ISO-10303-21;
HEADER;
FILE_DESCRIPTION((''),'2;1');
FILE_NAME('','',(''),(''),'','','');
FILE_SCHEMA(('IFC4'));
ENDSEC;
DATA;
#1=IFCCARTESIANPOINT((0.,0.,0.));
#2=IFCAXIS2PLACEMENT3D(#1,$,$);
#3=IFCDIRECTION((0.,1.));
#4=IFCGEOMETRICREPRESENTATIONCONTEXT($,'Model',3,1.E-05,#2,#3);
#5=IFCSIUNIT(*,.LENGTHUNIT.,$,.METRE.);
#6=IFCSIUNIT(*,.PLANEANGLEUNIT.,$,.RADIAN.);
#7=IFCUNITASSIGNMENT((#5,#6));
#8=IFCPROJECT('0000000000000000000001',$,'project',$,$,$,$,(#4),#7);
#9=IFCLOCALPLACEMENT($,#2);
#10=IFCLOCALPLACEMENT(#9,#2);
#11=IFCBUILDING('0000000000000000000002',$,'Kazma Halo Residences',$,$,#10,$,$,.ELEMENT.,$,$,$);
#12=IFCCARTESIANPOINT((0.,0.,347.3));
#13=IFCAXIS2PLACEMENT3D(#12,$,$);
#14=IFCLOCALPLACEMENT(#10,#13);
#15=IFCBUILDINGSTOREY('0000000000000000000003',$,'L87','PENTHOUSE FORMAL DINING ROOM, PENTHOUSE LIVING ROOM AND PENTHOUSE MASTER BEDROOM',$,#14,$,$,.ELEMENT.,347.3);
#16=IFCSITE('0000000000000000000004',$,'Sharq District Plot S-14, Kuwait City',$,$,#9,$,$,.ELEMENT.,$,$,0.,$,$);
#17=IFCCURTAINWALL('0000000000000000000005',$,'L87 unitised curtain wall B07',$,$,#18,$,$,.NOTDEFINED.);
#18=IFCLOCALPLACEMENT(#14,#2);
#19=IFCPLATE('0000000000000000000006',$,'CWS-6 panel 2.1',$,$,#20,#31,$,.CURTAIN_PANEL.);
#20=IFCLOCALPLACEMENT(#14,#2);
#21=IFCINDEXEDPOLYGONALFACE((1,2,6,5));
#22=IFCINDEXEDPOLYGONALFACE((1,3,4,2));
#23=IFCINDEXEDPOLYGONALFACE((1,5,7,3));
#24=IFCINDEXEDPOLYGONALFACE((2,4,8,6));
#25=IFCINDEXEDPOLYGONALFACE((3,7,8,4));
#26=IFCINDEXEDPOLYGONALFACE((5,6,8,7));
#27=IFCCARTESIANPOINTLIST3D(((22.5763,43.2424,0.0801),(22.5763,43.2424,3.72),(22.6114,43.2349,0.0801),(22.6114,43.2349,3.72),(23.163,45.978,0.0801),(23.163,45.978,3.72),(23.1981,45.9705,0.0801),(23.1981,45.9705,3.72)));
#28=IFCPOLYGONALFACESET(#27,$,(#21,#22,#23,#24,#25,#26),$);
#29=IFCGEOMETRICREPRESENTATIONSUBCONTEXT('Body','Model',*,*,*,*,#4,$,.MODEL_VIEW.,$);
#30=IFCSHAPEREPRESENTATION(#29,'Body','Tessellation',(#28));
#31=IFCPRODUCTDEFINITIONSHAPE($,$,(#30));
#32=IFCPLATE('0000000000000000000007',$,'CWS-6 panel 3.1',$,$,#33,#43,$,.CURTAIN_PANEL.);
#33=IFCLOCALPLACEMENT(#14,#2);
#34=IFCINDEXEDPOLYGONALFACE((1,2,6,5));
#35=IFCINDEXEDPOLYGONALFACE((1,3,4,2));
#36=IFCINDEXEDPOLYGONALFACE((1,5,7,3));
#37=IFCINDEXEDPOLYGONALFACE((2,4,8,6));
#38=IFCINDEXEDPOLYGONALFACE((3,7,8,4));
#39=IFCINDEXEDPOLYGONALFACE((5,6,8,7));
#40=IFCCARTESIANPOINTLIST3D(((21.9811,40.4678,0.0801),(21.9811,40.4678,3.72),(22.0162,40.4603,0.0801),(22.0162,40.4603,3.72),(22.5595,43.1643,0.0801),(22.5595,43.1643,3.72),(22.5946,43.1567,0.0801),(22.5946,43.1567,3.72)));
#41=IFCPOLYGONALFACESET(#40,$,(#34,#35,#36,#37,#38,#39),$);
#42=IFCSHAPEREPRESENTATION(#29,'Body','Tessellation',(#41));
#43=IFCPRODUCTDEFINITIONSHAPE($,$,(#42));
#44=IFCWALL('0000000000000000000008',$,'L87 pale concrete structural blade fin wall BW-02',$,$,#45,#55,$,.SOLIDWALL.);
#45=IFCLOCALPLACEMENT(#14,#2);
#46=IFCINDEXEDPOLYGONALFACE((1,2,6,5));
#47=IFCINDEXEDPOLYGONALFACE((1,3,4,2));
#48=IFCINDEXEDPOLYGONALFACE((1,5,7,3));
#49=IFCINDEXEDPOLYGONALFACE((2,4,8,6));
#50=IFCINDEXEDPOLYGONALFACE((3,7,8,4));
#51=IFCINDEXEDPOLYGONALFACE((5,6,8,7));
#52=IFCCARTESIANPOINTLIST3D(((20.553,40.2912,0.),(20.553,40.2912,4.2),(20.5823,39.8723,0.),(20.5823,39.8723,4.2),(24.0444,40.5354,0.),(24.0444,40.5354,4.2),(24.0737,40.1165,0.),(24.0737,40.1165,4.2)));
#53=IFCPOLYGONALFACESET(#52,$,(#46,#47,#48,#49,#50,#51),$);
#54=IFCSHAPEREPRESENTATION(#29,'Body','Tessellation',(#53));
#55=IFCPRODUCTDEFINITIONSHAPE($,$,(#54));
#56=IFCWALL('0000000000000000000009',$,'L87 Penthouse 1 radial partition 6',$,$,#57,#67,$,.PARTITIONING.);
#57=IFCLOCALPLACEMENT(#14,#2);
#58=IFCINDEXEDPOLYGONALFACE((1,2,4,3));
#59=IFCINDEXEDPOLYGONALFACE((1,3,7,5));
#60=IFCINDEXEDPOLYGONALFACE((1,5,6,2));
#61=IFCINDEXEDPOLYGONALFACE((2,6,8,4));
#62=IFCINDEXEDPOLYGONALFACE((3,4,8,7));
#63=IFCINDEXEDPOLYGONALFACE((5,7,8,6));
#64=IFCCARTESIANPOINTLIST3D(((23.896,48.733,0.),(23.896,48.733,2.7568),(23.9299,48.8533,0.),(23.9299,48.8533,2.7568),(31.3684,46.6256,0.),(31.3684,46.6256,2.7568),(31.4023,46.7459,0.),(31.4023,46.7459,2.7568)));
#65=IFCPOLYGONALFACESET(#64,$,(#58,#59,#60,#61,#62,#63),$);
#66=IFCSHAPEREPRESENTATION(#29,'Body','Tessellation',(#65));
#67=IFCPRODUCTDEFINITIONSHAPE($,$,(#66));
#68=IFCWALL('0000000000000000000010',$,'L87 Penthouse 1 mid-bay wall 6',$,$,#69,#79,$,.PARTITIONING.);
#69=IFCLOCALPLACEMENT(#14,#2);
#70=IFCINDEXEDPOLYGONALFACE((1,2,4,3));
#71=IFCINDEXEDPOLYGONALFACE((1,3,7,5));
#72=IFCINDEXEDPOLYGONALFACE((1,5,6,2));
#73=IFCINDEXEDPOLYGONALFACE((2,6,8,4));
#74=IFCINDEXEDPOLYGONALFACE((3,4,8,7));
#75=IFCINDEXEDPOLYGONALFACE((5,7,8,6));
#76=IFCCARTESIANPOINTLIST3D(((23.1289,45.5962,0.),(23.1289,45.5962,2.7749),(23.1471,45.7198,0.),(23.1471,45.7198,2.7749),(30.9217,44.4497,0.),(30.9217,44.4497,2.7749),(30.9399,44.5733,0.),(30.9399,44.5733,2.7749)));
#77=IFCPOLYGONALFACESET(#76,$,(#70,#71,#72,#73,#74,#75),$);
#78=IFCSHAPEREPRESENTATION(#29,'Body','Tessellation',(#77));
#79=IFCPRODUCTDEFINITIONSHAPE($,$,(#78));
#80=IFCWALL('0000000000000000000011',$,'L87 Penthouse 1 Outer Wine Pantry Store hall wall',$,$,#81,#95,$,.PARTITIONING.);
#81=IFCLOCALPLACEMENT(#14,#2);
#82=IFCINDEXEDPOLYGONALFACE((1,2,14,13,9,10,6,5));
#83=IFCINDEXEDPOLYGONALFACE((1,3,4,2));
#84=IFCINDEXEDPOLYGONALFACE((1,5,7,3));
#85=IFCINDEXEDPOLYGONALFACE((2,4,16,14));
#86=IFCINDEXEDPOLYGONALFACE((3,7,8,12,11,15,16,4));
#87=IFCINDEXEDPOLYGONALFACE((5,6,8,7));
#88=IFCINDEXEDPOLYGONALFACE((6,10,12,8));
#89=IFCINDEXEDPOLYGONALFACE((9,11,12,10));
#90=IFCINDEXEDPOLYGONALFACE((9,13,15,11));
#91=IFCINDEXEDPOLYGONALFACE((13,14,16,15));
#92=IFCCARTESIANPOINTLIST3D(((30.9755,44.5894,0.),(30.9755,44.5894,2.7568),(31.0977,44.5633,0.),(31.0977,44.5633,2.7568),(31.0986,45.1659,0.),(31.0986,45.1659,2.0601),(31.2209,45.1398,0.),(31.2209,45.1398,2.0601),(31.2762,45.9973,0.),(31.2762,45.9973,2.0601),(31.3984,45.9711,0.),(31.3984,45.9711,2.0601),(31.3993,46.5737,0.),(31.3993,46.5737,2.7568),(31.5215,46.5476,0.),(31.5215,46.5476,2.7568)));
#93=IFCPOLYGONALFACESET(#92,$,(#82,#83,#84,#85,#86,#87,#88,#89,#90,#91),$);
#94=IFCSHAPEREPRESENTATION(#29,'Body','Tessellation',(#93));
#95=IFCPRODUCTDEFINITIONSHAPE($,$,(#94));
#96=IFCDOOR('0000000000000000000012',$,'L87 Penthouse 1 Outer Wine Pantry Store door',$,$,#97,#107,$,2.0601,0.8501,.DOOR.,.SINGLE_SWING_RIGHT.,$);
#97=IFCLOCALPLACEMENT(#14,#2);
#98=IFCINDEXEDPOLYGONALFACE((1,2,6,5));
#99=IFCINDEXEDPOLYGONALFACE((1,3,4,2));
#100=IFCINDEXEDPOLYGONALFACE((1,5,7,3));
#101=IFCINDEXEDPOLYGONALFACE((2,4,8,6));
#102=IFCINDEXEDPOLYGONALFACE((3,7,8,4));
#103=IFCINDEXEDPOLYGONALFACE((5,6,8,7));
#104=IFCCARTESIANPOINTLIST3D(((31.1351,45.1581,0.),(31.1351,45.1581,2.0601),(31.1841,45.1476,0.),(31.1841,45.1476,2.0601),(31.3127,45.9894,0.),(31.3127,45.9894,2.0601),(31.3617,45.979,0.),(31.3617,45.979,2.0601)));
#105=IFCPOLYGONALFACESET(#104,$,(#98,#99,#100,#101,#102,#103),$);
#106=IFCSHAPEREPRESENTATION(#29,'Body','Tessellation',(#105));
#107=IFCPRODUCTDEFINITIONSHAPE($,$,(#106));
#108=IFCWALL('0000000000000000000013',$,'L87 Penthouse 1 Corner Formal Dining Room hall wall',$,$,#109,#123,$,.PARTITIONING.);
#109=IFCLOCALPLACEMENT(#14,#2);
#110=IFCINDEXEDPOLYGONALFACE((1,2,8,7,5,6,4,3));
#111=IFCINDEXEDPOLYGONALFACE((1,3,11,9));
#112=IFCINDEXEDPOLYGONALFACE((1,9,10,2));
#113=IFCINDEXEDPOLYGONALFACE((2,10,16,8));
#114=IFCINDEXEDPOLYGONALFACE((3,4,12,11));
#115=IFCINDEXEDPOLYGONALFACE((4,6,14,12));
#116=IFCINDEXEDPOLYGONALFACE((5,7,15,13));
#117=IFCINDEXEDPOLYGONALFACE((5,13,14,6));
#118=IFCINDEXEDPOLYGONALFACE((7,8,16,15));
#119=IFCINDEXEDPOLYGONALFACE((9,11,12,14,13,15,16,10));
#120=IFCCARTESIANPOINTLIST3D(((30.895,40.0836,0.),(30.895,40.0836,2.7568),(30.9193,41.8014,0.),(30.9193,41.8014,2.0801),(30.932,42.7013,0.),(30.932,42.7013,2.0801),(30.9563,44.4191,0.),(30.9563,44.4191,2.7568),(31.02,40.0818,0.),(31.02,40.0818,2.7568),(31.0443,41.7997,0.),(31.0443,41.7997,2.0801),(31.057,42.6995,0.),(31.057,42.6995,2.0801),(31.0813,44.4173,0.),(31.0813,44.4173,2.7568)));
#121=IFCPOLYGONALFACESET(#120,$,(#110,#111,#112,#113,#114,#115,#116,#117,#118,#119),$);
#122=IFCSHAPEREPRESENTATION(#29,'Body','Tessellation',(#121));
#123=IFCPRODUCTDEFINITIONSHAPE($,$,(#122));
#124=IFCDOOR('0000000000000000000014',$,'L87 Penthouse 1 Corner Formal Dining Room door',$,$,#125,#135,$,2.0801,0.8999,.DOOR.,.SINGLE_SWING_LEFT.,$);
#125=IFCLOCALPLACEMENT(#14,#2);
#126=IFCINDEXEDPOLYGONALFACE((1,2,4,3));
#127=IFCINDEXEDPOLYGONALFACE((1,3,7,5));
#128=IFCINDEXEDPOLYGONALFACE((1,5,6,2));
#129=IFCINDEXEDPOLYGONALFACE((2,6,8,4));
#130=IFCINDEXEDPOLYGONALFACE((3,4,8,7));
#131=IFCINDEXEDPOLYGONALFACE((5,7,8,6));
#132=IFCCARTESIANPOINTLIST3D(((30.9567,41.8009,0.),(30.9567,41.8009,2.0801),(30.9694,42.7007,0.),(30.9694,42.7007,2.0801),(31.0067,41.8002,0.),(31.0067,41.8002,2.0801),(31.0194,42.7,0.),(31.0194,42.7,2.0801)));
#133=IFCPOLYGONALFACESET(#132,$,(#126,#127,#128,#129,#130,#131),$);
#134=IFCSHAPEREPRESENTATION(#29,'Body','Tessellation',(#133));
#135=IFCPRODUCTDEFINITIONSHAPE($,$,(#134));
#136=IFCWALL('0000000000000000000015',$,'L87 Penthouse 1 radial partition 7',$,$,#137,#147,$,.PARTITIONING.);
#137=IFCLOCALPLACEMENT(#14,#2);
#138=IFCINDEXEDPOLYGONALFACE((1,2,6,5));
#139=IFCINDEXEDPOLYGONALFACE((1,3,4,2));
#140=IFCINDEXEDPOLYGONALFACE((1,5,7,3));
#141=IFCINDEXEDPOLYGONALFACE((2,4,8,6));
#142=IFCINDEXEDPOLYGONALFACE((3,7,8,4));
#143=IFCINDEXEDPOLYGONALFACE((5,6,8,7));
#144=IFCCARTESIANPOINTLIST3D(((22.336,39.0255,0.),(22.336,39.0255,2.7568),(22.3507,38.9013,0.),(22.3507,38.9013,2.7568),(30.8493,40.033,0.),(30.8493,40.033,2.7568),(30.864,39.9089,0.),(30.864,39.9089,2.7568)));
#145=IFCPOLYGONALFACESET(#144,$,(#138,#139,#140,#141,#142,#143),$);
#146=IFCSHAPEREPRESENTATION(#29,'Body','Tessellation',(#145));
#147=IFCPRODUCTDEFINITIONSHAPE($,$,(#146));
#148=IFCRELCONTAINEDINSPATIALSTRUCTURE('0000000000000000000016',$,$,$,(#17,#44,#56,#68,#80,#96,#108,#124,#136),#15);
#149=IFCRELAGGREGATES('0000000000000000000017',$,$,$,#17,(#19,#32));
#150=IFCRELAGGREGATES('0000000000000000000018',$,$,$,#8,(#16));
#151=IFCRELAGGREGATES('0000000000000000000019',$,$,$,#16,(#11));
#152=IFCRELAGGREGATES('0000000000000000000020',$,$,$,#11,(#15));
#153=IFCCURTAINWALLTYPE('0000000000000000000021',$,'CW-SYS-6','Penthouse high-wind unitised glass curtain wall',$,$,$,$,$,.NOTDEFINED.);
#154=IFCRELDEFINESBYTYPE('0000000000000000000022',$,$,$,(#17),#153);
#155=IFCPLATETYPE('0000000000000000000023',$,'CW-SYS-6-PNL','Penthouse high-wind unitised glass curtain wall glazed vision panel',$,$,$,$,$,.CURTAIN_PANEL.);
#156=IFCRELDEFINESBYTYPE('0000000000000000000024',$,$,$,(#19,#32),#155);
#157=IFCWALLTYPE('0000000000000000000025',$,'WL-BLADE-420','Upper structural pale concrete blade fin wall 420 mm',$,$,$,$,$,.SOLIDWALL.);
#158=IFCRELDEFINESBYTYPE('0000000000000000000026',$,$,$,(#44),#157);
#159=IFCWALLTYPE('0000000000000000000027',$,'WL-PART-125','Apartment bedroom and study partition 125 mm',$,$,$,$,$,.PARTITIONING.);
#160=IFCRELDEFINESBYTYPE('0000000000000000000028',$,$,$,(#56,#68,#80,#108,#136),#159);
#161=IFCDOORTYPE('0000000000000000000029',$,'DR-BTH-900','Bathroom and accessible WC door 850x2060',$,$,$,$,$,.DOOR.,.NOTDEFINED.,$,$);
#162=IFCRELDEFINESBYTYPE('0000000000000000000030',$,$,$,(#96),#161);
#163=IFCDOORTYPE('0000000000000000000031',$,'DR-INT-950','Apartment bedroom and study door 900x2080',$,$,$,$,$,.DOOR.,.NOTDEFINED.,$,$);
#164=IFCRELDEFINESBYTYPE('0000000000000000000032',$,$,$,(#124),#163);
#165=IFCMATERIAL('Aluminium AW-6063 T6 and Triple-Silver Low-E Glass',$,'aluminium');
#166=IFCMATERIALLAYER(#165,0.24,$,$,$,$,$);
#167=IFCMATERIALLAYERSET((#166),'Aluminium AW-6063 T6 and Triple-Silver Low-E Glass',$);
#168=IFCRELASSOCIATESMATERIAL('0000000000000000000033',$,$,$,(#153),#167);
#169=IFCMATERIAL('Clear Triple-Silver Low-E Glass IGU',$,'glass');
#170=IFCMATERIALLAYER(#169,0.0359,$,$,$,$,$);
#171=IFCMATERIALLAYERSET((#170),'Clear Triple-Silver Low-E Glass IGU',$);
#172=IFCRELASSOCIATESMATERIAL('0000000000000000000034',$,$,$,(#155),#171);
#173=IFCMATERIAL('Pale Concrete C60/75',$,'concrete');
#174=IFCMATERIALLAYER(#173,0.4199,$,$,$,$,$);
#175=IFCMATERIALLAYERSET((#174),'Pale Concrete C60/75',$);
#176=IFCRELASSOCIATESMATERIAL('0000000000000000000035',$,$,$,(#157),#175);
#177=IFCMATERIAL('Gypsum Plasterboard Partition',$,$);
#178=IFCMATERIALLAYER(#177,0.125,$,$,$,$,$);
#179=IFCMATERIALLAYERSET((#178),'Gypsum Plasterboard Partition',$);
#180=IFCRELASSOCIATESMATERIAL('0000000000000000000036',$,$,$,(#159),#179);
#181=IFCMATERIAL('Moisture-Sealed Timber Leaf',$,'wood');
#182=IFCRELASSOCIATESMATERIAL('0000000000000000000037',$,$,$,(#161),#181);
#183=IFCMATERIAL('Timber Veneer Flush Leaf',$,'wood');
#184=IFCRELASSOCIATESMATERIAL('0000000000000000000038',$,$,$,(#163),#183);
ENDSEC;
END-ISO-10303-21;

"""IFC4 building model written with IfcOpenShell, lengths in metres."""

from ifc_helpers import new_model, si_unit, direction, frame, frame_2d, origin, origin_2d, place, context, subcontext, project, spatial, rectangle, extrude, material, layer, layer_set, type_object, element, fill, aggregate, save


model = new_model("IFC4")

# Units and contexts
model_context = context("Model", 3, precision=1e-05, world=origin(), true_north=direction((0.0, 1.0)))
body_context = subcontext(model_context, "Body", "Model", "MODEL_VIEW")
ifc_project = project(units=[si_unit("LENGTHUNIT", "METRE"), si_unit("PLANEANGLEUNIT", "RADIAN")], contexts=[model_context])

# Site, building, storey
site_placement = place(None, origin())
site = spatial("IfcSite", under=ifc_project, at=site_placement, Name="Sharq District Plot S-14, Kuwait City", CompositionType="ELEMENT", RefElevation=0.0)
building_placement = place(site_placement, origin())
building = spatial("IfcBuilding", under=site, at=building_placement, Name="Kazma Halo Residences", CompositionType="ELEMENT")
storey_placement = place(building_placement, frame((0.0, 0.0, 347.3)))
storey = spatial("IfcBuildingStorey", under=building, at=storey_placement, Name="L87", Description="PENTHOUSE FORMAL DINING ROOM, PENTHOUSE LIVING ROOM AND PENTHOUSE MASTER BEDROOM", CompositionType="ELEMENT", Elevation=347.3)

# Curtain wall, plates
ifc_material_1 = material(Name="Aluminium AW-6063 T6 and Triple-Silver Low-E Glass", Category="aluminium")
ifc_layer_1 = layer(ifc_material_1, 0.24)
ifc_layer_set_1 = layer_set([ifc_layer_1], Name="Aluminium AW-6063 T6 and Triple-Silver Low-E Glass")
curtain_wall_type = type_object("IfcCurtainWallType", Name="CW-SYS-6", Description="Penthouse high-wind unitised glass curtain wall", PredefinedType="NOTDEFINED", material=ifc_layer_set_1)
curtain_wall_placement = place(storey_placement, origin())
curtain_wall = element("IfcCurtainWall", 1, at=curtain_wall_placement, inside=storey, type_object=curtain_wall_type, Name="L87 unitised curtain wall B07", PredefinedType="NOTDEFINED")
ifc_material_2 = material(Name="Clear Triple-Silver Low-E Glass IGU", Category="glass")
ifc_layer_2 = layer(ifc_material_2, 0.0359)
ifc_layer_set_2 = layer_set([ifc_layer_2], Name="Clear Triple-Silver Low-E Glass IGU")
plate_type = type_object("IfcPlateType", Name="CW-SYS-6-PNL", Description="Penthouse high-wind unitised glass curtain wall glazed vision panel", PredefinedType="CURTAIN_PANEL", material=ifc_layer_set_2)
plate_1_placement = place(storey_placement, frame((22.8872, 44.6064, 0.0801), z_axis=(0.0, 0.0, 1.0), x_axis=(-0.209723, -0.977761, 0.0)))
plate_1 = element("IfcPlate", 2, at=plate_1_placement, type_object=plate_type, Name="CWS-6 panel 2.1", PredefinedType="CURTAIN_PANEL", context=body_context, shape_type="SweptSolid", body=[
    extrude(rectangle(XDim=2.7979, YDim=0.0359, at=origin_2d()), origin(), (0.0, 0.0, 1.0), 3.6399),
])
plate_2_placement = place(storey_placement, frame((22.2878, 41.8123, 0.0801), z_axis=(0.0, 0.0, 1.0), x_axis=(-0.209723, -0.977761, 0.0)))
plate_2 = element("IfcPlate", 3, at=plate_2_placement, type_object=plate_type, Name="CWS-6 panel 3.1", PredefinedType="CURTAIN_PANEL", context=body_context, shape_type="SweptSolid", body=[
    extrude(rectangle(XDim=2.7578, YDim=0.0359, at=origin_2d()), origin(), (0.0, 0.0, 1.0), 3.6399),
])
aggregate(curtain_wall, [plate_1, plate_2])

# Walls
ifc_material_3 = material(Name="Pale Concrete C60/75", Category="concrete")
ifc_layer_3 = layer(ifc_material_3, 0.4199)
ifc_layer_set_3 = layer_set([ifc_layer_3], Name="Pale Concrete C60/75")
wall_type_1 = type_object("IfcWallType", Name="WL-BLADE-420", Description="Upper structural pale concrete blade fin wall 420 mm", PredefinedType="SOLIDWALL", material=ifc_layer_set_3)
wall_1_placement = place(storey_placement, frame((24.0591, 40.3259, 0.0), z_axis=(0.0, 0.0, 1.0), x_axis=(-0.997564, -0.069755, 0.0)))
element("IfcWall", 4, at=wall_1_placement, inside=storey, type_object=wall_type_1, Name="L87 pale concrete structural blade fin wall BW-02", PredefinedType="SOLIDWALL", context=body_context, shape_type="SweptSolid", body=[
    extrude(rectangle(XDim=3.5, YDim=0.4199, at=frame_2d((1.75, 0.0))), origin(), (0.0, 0.0, 1.0), 4.2),
])
ifc_material_4 = material(Name="Gypsum Plasterboard Partition")
ifc_layer_4 = layer(ifc_material_4, 0.125)
ifc_layer_set_4 = layer_set([ifc_layer_4], Name="Gypsum Plasterboard Partition")
wall_type_2 = type_object("IfcWallType", Name="WL-PART-125", Description="Apartment bedroom and study partition 125 mm", PredefinedType="PARTITIONING", material=ifc_layer_set_4)
wall_2_placement = place(storey_placement, frame((31.3853, 46.6858, 0.0), z_axis=(0.0, 0.0, 1.0), x_axis=(-0.962456, 0.271439, 0.0)))
element("IfcWall", 5, at=wall_2_placement, inside=storey, type_object=wall_type_2, Name="L87 Penthouse 1 radial partition 6", PredefinedType="PARTITIONING", context=body_context, shape_type="SweptSolid", body=[
    extrude(rectangle(XDim=7.7639, YDim=0.125, at=frame_2d((3.8818, 0.0))), origin(), (0.0, 0.0, 1.0), 2.7568),
])
wall_3_placement = place(storey_placement, frame((30.9309, 44.5115, 0.0), z_axis=(0.0, 0.0, 1.0), x_axis=(-0.98935, 0.145556, 0.0)))
element("IfcWall", 6, at=wall_3_placement, inside=storey, type_object=wall_type_2, Name="L87 Penthouse 1 mid-bay wall 6", PredefinedType="PARTITIONING", context=body_context, shape_type="SweptSolid", body=[
    extrude(rectangle(XDim=7.8767, YDim=0.125, at=frame_2d((3.9385, 0.0))), origin(), (0.0, 0.0, 1.0), 2.7749),
])

# Walls, openings, doors
wall_4_placement = place(storey_placement, frame((31.4604, 46.5608, 0.0), z_axis=(0.0, 0.0, 1.0), x_axis=(-0.208872, -0.977943, 0.0)))
wall_4 = element("IfcWall", 7, at=wall_4_placement, inside=storey, type_object=wall_type_2, Name="L87 Penthouse 1 Outer Wine Pantry Store hall wall", PredefinedType="PARTITIONING", context=body_context, shape_type="SweptSolid", body=[
    extrude(rectangle(XDim=2.0291, YDim=0.125, at=frame_2d((1.0146, 0.0))), origin(), (0.0, 0.0, 1.0), 2.7568),
])
opening_1_placement = place(wall_4_placement, frame((0.5896, 0.0, 0.0)))
opening_1 = element("IfcOpeningElement", 8, at=opening_1_placement, cuts=wall_4, PredefinedType="OPENING", context=body_context, shape_type="SweptSolid", body=[
    extrude(rectangle(XDim=0.8501, YDim=2.0601, at=frame_2d((0.425, 1.03))), frame((0.0, 0.0725, 0.0), z_axis=(0.0, -1.0, 0.0), x_axis=(1.0, 0.0, 0.0)), (0.0, 0.0, 1.0), 0.145),
])
ifc_material_5 = material(Name="Moisture-Sealed Timber Leaf", Category="wood")
door_type_1 = type_object("IfcDoorType", Name="DR-BTH-900", Description="Bathroom and accessible WC door 850x2060", OperationType="NOTDEFINED", PredefinedType="DOOR", material=ifc_material_5)
door_1_placement = place(opening_1_placement, origin())
door_1 = element("IfcDoor", 9, at=door_1_placement, inside=storey, type_object=door_type_1, Name="L87 Penthouse 1 Outer Wine Pantry Store door", OperationType="SINGLE_SWING_RIGHT", OverallHeight=2.0601, OverallWidth=0.8501, PredefinedType="DOOR", context=body_context, shape_type="SweptSolid", body=[
    extrude(rectangle(XDim=0.8501, YDim=2.0601, at=frame_2d((0.425, 1.03))), frame((0.0, 0.0249, 0.0), z_axis=(0.0, -1.0, 0.0), x_axis=(1.0, 0.0, 0.0)), (0.0, 0.0, 1.0), 0.05),
])
fill(opening_1, door_1)
wall_5_placement = place(storey_placement, frame((31.0188, 44.4182, 0.0), z_axis=(0.0, 0.0, 1.0), x_axis=(-0.014133, -0.9999, 0.0)))
wall_5 = element("IfcWall", 10, at=wall_5_placement, inside=storey, type_object=wall_type_2, Name="L87 Penthouse 1 Corner Formal Dining Room hall wall", PredefinedType="PARTITIONING", context=body_context, shape_type="SweptSolid", body=[
    extrude(rectangle(XDim=4.3359, YDim=0.125, at=frame_2d((2.168, 0.0))), origin(), (0.0, 0.0, 1.0), 2.7568),
])
opening_2_placement = place(wall_5_placement, frame((1.718, 0.0, 0.0)))
opening_2 = element("IfcOpeningElement", 11, at=opening_2_placement, cuts=wall_5, PredefinedType="OPENING", context=body_context, shape_type="SweptSolid", body=[
    extrude(rectangle(XDim=0.8999, YDim=2.0801, at=frame_2d((0.45, 1.04))), frame((0.0, 0.0725, 0.0), z_axis=(0.0, -1.0, 0.0), x_axis=(1.0, 0.0, 0.0)), (0.0, 0.0, 1.0), 0.145),
])
ifc_material_6 = material(Name="Timber Veneer Flush Leaf", Category="wood")
door_type_2 = type_object("IfcDoorType", Name="DR-INT-950", Description="Apartment bedroom and study door 900x2080", OperationType="NOTDEFINED", PredefinedType="DOOR", material=ifc_material_6)
door_2_placement = place(opening_2_placement, origin())
door_2 = element("IfcDoor", 12, at=door_2_placement, inside=storey, type_object=door_type_2, Name="L87 Penthouse 1 Corner Formal Dining Room door", OperationType="SINGLE_SWING_LEFT", OverallHeight=2.0801, OverallWidth=0.8999, PredefinedType="DOOR", context=body_context, shape_type="SweptSolid", body=[
    extrude(rectangle(XDim=0.8999, YDim=2.0801, at=frame_2d((0.45, 1.04))), frame((0.0, 0.0249, 0.0), z_axis=(0.0, -1.0, 0.0), x_axis=(1.0, 0.0, 0.0)), (0.0, 0.0, 1.0), 0.05),
])
fill(opening_2, door_2)

# Wall
wall_6_placement = place(storey_placement, frame((30.8567, 39.9709, 0.0), z_axis=(0.0, 0.0, 1.0), x_axis=(-0.993069, -0.11753, 0.0)))
element("IfcWall", 13, at=wall_6_placement, inside=storey, type_object=wall_type_2, Name="L87 Penthouse 1 radial partition 7", PredefinedType="PARTITIONING", context=body_context, shape_type="SweptSolid", body=[
    extrude(rectangle(XDim=8.5728, YDim=0.125, at=frame_2d((4.2864, 0.0))), origin(), (0.0, 0.0, 1.0), 2.7568),
])

save(model, "model.ifc")
